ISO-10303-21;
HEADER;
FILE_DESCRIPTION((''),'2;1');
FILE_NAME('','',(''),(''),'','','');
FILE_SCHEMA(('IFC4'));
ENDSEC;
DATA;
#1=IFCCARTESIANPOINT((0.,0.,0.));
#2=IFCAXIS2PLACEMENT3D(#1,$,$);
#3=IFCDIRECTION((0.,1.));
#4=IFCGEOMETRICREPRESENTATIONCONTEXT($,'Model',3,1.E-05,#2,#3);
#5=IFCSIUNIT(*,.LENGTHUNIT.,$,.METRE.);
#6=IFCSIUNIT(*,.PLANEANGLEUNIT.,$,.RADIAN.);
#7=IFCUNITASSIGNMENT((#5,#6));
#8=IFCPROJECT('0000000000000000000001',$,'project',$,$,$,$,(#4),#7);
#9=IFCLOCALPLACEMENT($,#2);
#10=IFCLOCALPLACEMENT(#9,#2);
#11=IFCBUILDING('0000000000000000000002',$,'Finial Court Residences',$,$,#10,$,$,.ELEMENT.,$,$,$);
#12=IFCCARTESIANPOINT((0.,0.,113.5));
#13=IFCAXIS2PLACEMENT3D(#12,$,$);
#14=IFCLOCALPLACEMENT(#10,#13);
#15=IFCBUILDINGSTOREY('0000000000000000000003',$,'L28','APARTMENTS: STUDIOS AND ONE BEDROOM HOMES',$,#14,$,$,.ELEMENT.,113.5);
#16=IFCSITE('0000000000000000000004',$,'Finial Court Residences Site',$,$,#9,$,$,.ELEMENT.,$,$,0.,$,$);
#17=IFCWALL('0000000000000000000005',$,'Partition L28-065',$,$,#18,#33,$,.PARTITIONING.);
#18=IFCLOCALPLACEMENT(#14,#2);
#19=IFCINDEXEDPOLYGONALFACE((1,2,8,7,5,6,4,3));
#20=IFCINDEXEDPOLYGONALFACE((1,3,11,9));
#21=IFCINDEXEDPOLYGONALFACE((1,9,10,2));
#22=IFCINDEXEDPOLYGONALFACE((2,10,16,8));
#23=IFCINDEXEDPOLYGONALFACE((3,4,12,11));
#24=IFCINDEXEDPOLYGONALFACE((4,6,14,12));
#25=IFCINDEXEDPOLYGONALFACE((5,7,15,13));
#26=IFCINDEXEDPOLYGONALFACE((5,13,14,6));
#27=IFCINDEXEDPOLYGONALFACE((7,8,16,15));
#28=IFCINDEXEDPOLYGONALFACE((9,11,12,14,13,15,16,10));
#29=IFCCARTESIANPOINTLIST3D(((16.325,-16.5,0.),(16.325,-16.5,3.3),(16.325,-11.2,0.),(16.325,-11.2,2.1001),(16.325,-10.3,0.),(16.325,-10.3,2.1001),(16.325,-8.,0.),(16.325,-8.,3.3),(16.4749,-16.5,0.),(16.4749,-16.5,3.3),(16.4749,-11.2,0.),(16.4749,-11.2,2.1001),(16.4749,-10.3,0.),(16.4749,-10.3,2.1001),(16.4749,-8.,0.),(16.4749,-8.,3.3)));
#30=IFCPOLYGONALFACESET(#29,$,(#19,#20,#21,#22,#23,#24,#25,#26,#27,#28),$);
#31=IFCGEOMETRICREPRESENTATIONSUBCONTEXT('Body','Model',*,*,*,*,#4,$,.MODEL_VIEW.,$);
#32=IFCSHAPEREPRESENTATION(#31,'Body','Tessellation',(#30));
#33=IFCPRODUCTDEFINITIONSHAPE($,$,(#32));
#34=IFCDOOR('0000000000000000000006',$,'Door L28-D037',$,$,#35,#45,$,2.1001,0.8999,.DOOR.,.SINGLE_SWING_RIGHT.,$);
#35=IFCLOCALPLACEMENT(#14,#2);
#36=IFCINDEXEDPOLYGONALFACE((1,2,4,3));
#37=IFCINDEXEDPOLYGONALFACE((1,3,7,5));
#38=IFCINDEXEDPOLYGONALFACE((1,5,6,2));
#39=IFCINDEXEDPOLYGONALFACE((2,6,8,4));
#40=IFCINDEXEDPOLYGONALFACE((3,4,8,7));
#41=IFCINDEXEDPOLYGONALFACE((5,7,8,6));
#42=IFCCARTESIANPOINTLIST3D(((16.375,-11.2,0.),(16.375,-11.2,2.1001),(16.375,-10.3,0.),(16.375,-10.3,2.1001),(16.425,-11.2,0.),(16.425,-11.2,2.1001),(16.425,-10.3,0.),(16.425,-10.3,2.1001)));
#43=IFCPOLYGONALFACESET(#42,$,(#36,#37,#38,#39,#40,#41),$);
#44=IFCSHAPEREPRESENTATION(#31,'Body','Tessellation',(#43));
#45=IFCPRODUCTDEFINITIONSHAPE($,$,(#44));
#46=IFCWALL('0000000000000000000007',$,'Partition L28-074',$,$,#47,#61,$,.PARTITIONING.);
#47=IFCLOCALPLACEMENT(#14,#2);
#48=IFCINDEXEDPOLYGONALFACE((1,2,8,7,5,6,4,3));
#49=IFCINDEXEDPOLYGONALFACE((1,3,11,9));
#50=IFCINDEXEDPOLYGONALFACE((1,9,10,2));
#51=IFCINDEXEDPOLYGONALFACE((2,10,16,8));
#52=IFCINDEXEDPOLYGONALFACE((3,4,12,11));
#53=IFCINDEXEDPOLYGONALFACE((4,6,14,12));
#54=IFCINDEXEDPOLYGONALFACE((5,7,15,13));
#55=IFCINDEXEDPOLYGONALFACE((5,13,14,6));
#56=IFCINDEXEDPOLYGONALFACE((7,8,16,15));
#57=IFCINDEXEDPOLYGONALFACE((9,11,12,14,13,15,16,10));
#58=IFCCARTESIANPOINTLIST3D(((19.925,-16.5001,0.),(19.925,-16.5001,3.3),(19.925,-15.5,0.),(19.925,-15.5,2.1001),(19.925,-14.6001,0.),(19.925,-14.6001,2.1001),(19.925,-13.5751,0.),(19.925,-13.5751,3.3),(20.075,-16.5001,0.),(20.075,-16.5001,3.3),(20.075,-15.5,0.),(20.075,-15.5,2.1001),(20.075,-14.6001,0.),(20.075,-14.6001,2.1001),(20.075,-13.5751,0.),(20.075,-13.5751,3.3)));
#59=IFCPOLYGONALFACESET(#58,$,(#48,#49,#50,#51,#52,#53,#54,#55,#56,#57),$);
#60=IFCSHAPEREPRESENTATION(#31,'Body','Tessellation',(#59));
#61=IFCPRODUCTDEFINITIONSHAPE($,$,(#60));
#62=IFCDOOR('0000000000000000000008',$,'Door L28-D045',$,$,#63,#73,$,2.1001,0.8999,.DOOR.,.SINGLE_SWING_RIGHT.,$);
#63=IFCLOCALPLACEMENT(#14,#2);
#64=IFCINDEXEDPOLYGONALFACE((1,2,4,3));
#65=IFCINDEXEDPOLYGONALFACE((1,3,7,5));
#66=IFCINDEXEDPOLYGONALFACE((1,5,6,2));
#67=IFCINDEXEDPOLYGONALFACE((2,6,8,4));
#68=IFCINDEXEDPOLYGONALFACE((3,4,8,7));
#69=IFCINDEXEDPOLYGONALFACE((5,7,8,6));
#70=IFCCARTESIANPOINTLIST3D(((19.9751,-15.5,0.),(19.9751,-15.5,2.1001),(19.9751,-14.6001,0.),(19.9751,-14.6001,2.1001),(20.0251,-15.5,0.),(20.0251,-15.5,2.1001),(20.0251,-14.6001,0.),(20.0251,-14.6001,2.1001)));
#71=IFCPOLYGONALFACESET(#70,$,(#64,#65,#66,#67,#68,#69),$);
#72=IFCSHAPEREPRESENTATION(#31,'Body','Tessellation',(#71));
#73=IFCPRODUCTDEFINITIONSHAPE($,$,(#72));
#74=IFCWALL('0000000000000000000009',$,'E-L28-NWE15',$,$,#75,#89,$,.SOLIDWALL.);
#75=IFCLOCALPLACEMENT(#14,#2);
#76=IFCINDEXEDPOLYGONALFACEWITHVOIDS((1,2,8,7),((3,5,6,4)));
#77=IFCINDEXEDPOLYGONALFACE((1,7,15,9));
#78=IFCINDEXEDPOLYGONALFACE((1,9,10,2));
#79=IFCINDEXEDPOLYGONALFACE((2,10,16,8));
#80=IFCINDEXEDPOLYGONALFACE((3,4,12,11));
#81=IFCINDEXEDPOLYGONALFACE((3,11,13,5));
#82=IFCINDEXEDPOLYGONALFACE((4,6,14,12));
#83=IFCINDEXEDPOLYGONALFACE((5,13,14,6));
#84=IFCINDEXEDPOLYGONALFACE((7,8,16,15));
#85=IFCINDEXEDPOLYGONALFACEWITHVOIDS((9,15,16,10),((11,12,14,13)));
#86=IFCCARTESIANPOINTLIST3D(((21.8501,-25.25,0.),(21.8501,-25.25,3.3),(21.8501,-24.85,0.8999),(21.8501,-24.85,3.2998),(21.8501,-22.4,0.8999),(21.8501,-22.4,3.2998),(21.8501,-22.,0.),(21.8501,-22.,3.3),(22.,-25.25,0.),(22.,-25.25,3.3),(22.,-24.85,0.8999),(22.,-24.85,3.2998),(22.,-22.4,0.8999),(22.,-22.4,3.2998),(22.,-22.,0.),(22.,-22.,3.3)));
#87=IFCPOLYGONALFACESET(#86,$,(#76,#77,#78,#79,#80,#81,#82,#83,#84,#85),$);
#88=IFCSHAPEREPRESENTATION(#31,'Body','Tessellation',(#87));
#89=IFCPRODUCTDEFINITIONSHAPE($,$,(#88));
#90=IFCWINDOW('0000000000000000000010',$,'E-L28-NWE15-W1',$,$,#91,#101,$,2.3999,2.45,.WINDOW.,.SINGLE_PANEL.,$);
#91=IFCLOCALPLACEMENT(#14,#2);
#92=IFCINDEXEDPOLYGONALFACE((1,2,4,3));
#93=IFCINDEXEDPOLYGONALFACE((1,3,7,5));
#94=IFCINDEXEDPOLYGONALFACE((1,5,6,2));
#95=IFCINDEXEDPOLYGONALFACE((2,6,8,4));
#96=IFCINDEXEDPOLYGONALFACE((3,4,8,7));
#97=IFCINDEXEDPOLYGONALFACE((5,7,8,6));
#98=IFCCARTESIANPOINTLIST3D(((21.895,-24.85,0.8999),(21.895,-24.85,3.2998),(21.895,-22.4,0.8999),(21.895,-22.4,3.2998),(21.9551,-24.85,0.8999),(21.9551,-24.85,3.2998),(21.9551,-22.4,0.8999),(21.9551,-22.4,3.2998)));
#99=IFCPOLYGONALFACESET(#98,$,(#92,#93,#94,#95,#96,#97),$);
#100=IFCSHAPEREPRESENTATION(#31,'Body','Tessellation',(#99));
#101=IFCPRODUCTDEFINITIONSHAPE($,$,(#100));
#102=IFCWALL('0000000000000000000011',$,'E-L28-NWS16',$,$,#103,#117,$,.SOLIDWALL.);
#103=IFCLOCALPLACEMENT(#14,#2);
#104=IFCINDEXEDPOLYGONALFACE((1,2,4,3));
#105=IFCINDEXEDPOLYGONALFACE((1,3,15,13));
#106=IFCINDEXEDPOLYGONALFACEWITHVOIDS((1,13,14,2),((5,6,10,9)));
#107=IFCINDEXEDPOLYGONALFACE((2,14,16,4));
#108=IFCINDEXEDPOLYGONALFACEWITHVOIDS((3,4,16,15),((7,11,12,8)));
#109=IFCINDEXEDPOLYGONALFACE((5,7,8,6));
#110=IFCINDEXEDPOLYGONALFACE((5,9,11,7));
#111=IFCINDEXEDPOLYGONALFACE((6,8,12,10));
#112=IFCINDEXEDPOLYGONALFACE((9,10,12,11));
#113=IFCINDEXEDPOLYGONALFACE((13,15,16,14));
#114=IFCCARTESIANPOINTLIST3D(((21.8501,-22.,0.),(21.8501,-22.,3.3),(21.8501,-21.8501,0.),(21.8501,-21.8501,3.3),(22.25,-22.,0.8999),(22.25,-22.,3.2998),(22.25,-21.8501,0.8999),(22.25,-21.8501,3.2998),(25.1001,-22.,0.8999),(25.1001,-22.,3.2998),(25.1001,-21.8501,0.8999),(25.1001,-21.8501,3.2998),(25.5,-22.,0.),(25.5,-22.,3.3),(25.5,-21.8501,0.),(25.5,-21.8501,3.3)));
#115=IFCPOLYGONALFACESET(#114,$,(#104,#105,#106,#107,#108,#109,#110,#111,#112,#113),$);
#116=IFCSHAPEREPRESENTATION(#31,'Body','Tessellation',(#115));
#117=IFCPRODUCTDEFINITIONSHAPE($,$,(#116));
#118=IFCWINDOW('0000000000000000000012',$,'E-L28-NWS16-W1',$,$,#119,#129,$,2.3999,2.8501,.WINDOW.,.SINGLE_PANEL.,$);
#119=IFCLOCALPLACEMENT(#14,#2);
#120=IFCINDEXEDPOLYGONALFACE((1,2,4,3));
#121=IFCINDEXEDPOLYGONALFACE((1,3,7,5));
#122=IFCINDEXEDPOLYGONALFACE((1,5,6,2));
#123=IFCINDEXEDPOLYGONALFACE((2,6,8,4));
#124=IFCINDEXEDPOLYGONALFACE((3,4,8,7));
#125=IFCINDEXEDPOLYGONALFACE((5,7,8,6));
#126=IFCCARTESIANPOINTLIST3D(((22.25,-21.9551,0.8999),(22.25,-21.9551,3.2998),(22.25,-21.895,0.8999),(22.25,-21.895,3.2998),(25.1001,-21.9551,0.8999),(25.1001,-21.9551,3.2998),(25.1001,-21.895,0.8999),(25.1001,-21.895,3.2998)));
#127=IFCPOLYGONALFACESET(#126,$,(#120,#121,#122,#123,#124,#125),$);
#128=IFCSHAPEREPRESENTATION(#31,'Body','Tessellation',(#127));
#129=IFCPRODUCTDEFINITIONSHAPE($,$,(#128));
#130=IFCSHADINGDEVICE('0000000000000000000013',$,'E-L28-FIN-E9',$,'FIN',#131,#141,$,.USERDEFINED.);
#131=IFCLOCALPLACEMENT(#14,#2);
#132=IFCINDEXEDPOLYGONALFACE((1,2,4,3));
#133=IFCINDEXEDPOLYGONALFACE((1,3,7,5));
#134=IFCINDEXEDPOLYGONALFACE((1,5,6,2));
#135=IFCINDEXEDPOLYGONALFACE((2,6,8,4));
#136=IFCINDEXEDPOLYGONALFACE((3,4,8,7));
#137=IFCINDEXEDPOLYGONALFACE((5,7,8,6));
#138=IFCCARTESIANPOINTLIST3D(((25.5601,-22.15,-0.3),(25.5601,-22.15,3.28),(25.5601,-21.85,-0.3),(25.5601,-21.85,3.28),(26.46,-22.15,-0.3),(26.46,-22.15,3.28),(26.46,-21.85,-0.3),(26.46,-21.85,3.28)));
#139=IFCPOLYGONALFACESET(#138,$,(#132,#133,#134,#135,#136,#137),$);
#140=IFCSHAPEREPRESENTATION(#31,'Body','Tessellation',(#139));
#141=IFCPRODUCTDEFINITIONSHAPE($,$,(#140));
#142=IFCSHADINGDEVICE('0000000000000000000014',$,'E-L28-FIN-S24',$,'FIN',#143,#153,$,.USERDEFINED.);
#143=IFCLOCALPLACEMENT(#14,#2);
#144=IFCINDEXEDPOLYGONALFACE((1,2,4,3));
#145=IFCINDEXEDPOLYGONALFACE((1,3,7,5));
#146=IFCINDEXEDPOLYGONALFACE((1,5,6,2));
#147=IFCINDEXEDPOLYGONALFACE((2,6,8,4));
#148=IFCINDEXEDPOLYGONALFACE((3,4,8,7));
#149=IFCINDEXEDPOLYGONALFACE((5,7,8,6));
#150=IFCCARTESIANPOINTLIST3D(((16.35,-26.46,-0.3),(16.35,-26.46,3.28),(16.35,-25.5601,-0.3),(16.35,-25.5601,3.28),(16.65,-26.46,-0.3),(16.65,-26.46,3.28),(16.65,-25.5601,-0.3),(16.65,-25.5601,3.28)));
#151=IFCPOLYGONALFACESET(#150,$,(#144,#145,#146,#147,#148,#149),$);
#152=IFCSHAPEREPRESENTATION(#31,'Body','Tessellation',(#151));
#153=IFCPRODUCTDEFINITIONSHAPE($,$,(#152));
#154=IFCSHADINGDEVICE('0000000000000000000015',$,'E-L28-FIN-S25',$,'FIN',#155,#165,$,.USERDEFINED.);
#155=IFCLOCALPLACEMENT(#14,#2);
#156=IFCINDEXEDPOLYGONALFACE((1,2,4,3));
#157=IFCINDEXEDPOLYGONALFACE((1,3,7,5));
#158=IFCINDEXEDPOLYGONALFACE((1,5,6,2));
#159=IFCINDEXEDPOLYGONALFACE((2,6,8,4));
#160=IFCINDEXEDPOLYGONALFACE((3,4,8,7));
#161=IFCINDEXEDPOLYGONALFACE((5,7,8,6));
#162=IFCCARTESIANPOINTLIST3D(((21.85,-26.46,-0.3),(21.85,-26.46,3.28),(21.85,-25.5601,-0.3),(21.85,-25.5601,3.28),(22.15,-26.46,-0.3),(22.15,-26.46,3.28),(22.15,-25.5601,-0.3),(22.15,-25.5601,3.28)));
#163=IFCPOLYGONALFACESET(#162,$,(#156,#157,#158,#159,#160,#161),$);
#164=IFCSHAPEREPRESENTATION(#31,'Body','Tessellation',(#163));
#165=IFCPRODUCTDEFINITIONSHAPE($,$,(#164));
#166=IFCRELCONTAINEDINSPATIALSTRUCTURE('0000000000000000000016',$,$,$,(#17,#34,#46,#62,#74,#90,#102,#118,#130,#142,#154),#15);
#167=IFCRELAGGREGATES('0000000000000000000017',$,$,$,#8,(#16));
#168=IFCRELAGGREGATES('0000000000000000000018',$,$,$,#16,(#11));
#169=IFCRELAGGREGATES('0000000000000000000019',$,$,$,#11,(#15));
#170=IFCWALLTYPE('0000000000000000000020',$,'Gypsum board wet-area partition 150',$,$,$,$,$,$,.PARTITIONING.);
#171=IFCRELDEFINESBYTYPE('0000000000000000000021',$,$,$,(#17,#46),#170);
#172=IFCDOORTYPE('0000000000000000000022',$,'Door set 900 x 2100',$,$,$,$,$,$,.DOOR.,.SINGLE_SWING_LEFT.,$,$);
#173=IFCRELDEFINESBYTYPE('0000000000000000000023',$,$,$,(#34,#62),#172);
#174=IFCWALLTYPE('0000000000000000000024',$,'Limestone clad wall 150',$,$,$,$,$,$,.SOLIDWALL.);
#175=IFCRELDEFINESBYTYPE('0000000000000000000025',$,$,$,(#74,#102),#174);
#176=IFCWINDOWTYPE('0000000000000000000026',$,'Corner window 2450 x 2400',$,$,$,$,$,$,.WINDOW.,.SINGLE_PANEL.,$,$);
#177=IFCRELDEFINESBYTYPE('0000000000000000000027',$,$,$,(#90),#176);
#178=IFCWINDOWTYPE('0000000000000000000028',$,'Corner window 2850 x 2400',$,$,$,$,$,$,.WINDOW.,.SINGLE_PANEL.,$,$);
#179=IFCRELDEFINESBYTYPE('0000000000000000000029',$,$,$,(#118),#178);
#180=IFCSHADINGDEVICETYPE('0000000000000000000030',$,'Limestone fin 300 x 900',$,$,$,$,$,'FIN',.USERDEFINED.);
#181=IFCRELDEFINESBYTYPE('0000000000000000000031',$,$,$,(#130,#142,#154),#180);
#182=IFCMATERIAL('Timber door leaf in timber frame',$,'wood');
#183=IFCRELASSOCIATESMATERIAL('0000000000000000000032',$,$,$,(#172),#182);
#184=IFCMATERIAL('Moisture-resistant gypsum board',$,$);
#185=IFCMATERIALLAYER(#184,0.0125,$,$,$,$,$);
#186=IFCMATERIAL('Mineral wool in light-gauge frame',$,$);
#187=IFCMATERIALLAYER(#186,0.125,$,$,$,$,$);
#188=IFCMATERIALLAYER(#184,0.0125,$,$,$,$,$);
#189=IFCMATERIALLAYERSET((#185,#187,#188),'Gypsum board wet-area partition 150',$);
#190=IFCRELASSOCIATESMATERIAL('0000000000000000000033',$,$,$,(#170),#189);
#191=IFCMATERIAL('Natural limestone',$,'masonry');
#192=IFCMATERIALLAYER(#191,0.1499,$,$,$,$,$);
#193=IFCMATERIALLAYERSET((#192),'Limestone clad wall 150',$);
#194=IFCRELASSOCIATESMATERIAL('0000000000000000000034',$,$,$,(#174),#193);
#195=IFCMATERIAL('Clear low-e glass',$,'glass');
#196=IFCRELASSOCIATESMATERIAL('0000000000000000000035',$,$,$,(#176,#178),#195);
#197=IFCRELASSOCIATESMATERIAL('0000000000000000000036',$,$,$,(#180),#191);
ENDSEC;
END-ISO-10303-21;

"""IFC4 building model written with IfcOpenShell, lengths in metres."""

from ifc_helpers import new_model, si_unit, direction, frame, frame_2d, origin, origin_2d, place, context, subcontext, project, spatial, rectangle, extrude, material, layer, layer_set, type_object, element, fill, save


model = new_model("IFC4")

# Units and contexts
model_context = context("Model", 3, precision=1e-05, world=origin(), true_north=direction((0.0, 1.0)))
body_context = subcontext(model_context, "Body", "Model", "MODEL_VIEW")
ifc_project = project(units=[si_unit("LENGTHUNIT", "METRE"), si_unit("PLANEANGLEUNIT", "RADIAN")], contexts=[model_context])

# Site, building, storey
site_placement = place(None, origin())
site = spatial("IfcSite", under=ifc_project, at=site_placement, Name="Finial Court Residences Site", CompositionType="ELEMENT", RefElevation=0.0)
building_placement = place(site_placement, origin())
building = spatial("IfcBuilding", under=site, at=building_placement, Name="Finial Court Residences", CompositionType="ELEMENT")
storey_placement = place(building_placement, frame((0.0, 0.0, 113.5)))
storey = spatial("IfcBuildingStorey", under=building, at=storey_placement, Name="L28", Description="APARTMENTS: STUDIOS AND ONE BEDROOM HOMES", CompositionType="ELEMENT", Elevation=113.5)

# Shared definitions
ifc_material_1 = material(Name="Clear low-e glass", Category="glass")

# Shared definitions
ifc_material_2 = material(Name="Mineral wool in light-gauge frame")
ifc_material_3 = material(Name="Timber door leaf in timber frame", Category="wood")
door_type = type_object("IfcDoorType", Name="Door set 900 x 2100", OperationType="SINGLE_SWING_LEFT", PredefinedType="DOOR", material=ifc_material_3)

# Shared definitions
ifc_material_4 = material(Name="Moisture-resistant gypsum board")
ifc_layer_1 = layer(ifc_material_4, 0.0125)
ifc_layer_2 = layer(ifc_material_2, 0.125)
ifc_layer_3 = layer(ifc_material_4, 0.0125)
ifc_layer_set_1 = layer_set([ifc_layer_1, ifc_layer_2, ifc_layer_3], Name="Gypsum board wet-area partition 150")
wall_type_1 = type_object("IfcWallType", Name="Gypsum board wet-area partition 150", PredefinedType="PARTITIONING", material=ifc_layer_set_1)

# Walls, openings, doors
wall_1_placement = place(storey_placement, frame((16.3999, -16.5, 0.0), z_axis=(0.0, 0.0, 1.0), x_axis=(0.0, 1.0, 0.0)))
wall_1 = element("IfcWall", 1, at=wall_1_placement, inside=storey, type_object=wall_type_1, Name="Partition L28-065", PredefinedType="PARTITIONING", context=body_context, shape_type="SweptSolid", body=[
    extrude(rectangle(XDim=8.5, YDim=0.1499, at=frame_2d((4.25, 0.0))), origin(), (0.0, 0.0, 1.0), 3.3),
])
opening_1_placement = place(wall_1_placement, frame((5.3, 0.0, 0.0)))
opening_1 = element("IfcOpeningElement", 2, at=opening_1_placement, cuts=wall_1, PredefinedType="OPENING", context=body_context, shape_type="SweptSolid", body=[
    extrude(rectangle(XDim=0.8999, YDim=2.1001, at=frame_2d((0.45, 1.05))), frame((0.0, 0.085, 0.0), z_axis=(0.0, -1.0, 0.0), x_axis=(1.0, 0.0, 0.0)), (0.0, 0.0, 1.0), 0.1699),
])
door_1_placement = place(opening_1_placement, origin())
door_1 = element("IfcDoor", 3, at=door_1_placement, inside=storey, type_object=door_type, Name="Door L28-D037", OperationType="SINGLE_SWING_RIGHT", OverallHeight=2.1001, OverallWidth=0.8999, PredefinedType="DOOR", context=body_context, shape_type="SweptSolid", body=[
    extrude(rectangle(XDim=0.8999, YDim=2.1001, at=frame_2d((0.45, 1.05))), frame((0.0, 0.0249, 0.0), z_axis=(0.0, -1.0, 0.0), x_axis=(1.0, 0.0, 0.0)), (0.0, 0.0, 1.0), 0.05),
])
fill(opening_1, door_1)
wall_2_placement = place(storey_placement, frame((20.0, -16.5, 0.0), z_axis=(0.0, 0.0, 1.0), x_axis=(0.0, 1.0, 0.0)))
wall_2 = element("IfcWall", 4, at=wall_2_placement, inside=storey, type_object=wall_type_1, Name="Partition L28-074", PredefinedType="PARTITIONING", context=body_context, shape_type="SweptSolid", body=[
    extrude(rectangle(XDim=2.925, YDim=0.1499, at=frame_2d((1.4624, 0.0))), origin(), (0.0, 0.0, 1.0), 3.3),
])
opening_2_placement = place(wall_2_placement, frame((1.0, 0.0, 0.0)))
opening_2 = element("IfcOpeningElement", 5, at=opening_2_placement, cuts=wall_2, PredefinedType="OPENING", context=body_context, shape_type="SweptSolid", body=[
    extrude(rectangle(XDim=0.8999, YDim=2.1001, at=frame_2d((0.45, 1.05))), frame((0.0, 0.085, 0.0), z_axis=(0.0, -1.0, 0.0), x_axis=(1.0, 0.0, 0.0)), (0.0, 0.0, 1.0), 0.1699),
])
door_2_placement = place(opening_2_placement, origin())
door_2 = element("IfcDoor", 6, at=door_2_placement, inside=storey, type_object=door_type, Name="Door L28-D045", OperationType="SINGLE_SWING_RIGHT", OverallHeight=2.1001, OverallWidth=0.8999, PredefinedType="DOOR", context=body_context, shape_type="SweptSolid", body=[
    extrude(rectangle(XDim=0.8999, YDim=2.1001, at=frame_2d((0.45, 1.05))), frame((0.0, 0.0249, 0.0), z_axis=(0.0, -1.0, 0.0), x_axis=(1.0, 0.0, 0.0)), (0.0, 0.0, 1.0), 0.05),
])
fill(opening_2, door_2)

# Walls, openings, windows
ifc_material_5 = material(Name="Natural limestone", Category="masonry")
ifc_layer_4 = layer(ifc_material_5, 0.1499)
ifc_layer_set_2 = layer_set([ifc_layer_4], Name="Limestone clad wall 150")
wall_type_2 = type_object("IfcWallType", Name="Limestone clad wall 150", PredefinedType="SOLIDWALL", material=ifc_layer_set_2)
wall_3_placement = place(storey_placement, frame((21.925, -22.0, 0.0), z_axis=(0.0, 0.0, 1.0), x_axis=(0.0, -1.0, 0.0)))
wall_3 = element("IfcWall", 7, at=wall_3_placement, inside=storey, type_object=wall_type_2, Name="E-L28-NWE15", PredefinedType="SOLIDWALL", context=body_context, shape_type="SweptSolid", body=[
    extrude(rectangle(XDim=3.25, YDim=0.1499, at=frame_2d((1.625, 0.0))), origin(), (0.0, 0.0, 1.0), 3.3),
])
opening_3_placement = place(wall_3_placement, frame((0.3999, 0.0, 0.8999)))
opening_3 = element("IfcOpeningElement", 8, at=opening_3_placement, cuts=wall_3, PredefinedType="OPENING", context=body_context, shape_type="SweptSolid", body=[
    extrude(rectangle(XDim=2.45, YDim=2.3999, at=frame_2d((1.2251, 1.2))), frame((0.0, 0.085, 0.0), z_axis=(0.0, -1.0, 0.0), x_axis=(1.0, 0.0, 0.0)), (0.0, 0.0, 1.0), 0.1699),
])
window_type_1 = type_object("IfcWindowType", Name="Corner window 2450 x 2400", PartitioningType="SINGLE_PANEL", PredefinedType="WINDOW", material=ifc_material_1)
window_1_placement = place(opening_3_placement, origin())
window_1 = element("IfcWindow", 9, at=window_1_placement, inside=storey, type_object=window_type_1, Name="E-L28-NWE15-W1", OverallHeight=2.3999, OverallWidth=2.45, PartitioningType="SINGLE_PANEL", PredefinedType="WINDOW", context=body_context, shape_type="SweptSolid", body=[
    extrude(rectangle(XDim=2.45, YDim=2.3999, at=frame_2d((1.2251, 1.2))), frame((0.0, 0.03, 0.0), z_axis=(0.0, -1.0, 0.0), x_axis=(1.0, 0.0, 0.0)), (0.0, 0.0, 1.0), 0.0601),
])
fill(opening_3, window_1)
wall_4_placement = place(storey_placement, frame((25.5, -21.925, 0.0), z_axis=(0.0, 0.0, 1.0), x_axis=(-1.0, 0.0, 0.0)))
wall_4 = element("IfcWall", 10, at=wall_4_placement, inside=storey, type_object=wall_type_2, Name="E-L28-NWS16", PredefinedType="SOLIDWALL", context=body_context, shape_type="SweptSolid", body=[
    extrude(rectangle(XDim=3.6499, YDim=0.1499, at=frame_2d((1.825, 0.0))), origin(), (0.0, 0.0, 1.0), 3.3),
])
opening_4_placement = place(wall_4_placement, frame((0.3999, 0.0, 0.8999)))
opening_4 = element("IfcOpeningElement", 11, at=opening_4_placement, cuts=wall_4, PredefinedType="OPENING", context=body_context, shape_type="SweptSolid", body=[
    extrude(rectangle(XDim=2.8501, YDim=2.3999, at=frame_2d((1.425, 1.2))), frame((0.0, 0.085, 0.0), z_axis=(0.0, -1.0, 0.0), x_axis=(1.0, 0.0, 0.0)), (0.0, 0.0, 1.0), 0.1699),
])
window_type_2 = type_object("IfcWindowType", Name="Corner window 2850 x 2400", PartitioningType="SINGLE_PANEL", PredefinedType="WINDOW", material=ifc_material_1)
window_2_placement = place(opening_4_placement, origin())
window_2 = element("IfcWindow", 12, at=window_2_placement, inside=storey, type_object=window_type_2, Name="E-L28-NWS16-W1", OverallHeight=2.3999, OverallWidth=2.8501, PartitioningType="SINGLE_PANEL", PredefinedType="WINDOW", context=body_context, shape_type="SweptSolid", body=[
    extrude(rectangle(XDim=2.8501, YDim=2.3999, at=frame_2d((1.425, 1.2))), frame((0.0, 0.03, 0.0), z_axis=(0.0, -1.0, 0.0), x_axis=(1.0, 0.0, 0.0)), (0.0, 0.0, 1.0), 0.0601),
])
fill(opening_4, window_2)

# Shading devices
shading_device_type = type_object("IfcShadingDeviceType", Name="Limestone fin 300 x 900", ElementType="FIN", PredefinedType="USERDEFINED", material=ifc_material_5)
shading_device_placement = place(storey_placement, frame((26.01, -22.0, -0.3), z_axis=(0.0, 0.0, 1.0), x_axis=(1.0, 0.0, 0.0)))
element("IfcShadingDevice", 13, at=shading_device_placement, inside=storey, type_object=shading_device_type, Name="E-L28-FIN-E9", ObjectType="FIN", PredefinedType="USERDEFINED", context=body_context, shape_type="SweptSolid", body=[
    extrude(rectangle(XDim=0.8999, YDim=0.3, at=origin_2d()), origin(), (0.0, 0.0, 1.0), 3.5801),
])
for number, where, z_axis, x_axis, name in (
    (14, (16.5, -26.01, -0.3), (0.0, 0.0, 1.0), (1.0, 0.0, 0.0), "E-L28-FIN-S24"),
    (15, (22.0, -26.01, -0.3), (0.0, 0.0, 1.0), (1.0, 0.0, 0.0), "E-L28-FIN-S25"),
):
    element("IfcShadingDevice", number, at=place(storey_placement, frame(where, z_axis=z_axis, x_axis=x_axis)), inside=storey, type_object=shading_device_type, Name=name, ObjectType="FIN", PredefinedType="USERDEFINED", context=body_context, shape_type="SweptSolid", body=[
        extrude(rectangle(XDim=0.3, YDim=0.8999, at=origin_2d()), origin(), (0.0, 0.0, 1.0), 3.5801),
    ])

save(model, "model.ifc")
